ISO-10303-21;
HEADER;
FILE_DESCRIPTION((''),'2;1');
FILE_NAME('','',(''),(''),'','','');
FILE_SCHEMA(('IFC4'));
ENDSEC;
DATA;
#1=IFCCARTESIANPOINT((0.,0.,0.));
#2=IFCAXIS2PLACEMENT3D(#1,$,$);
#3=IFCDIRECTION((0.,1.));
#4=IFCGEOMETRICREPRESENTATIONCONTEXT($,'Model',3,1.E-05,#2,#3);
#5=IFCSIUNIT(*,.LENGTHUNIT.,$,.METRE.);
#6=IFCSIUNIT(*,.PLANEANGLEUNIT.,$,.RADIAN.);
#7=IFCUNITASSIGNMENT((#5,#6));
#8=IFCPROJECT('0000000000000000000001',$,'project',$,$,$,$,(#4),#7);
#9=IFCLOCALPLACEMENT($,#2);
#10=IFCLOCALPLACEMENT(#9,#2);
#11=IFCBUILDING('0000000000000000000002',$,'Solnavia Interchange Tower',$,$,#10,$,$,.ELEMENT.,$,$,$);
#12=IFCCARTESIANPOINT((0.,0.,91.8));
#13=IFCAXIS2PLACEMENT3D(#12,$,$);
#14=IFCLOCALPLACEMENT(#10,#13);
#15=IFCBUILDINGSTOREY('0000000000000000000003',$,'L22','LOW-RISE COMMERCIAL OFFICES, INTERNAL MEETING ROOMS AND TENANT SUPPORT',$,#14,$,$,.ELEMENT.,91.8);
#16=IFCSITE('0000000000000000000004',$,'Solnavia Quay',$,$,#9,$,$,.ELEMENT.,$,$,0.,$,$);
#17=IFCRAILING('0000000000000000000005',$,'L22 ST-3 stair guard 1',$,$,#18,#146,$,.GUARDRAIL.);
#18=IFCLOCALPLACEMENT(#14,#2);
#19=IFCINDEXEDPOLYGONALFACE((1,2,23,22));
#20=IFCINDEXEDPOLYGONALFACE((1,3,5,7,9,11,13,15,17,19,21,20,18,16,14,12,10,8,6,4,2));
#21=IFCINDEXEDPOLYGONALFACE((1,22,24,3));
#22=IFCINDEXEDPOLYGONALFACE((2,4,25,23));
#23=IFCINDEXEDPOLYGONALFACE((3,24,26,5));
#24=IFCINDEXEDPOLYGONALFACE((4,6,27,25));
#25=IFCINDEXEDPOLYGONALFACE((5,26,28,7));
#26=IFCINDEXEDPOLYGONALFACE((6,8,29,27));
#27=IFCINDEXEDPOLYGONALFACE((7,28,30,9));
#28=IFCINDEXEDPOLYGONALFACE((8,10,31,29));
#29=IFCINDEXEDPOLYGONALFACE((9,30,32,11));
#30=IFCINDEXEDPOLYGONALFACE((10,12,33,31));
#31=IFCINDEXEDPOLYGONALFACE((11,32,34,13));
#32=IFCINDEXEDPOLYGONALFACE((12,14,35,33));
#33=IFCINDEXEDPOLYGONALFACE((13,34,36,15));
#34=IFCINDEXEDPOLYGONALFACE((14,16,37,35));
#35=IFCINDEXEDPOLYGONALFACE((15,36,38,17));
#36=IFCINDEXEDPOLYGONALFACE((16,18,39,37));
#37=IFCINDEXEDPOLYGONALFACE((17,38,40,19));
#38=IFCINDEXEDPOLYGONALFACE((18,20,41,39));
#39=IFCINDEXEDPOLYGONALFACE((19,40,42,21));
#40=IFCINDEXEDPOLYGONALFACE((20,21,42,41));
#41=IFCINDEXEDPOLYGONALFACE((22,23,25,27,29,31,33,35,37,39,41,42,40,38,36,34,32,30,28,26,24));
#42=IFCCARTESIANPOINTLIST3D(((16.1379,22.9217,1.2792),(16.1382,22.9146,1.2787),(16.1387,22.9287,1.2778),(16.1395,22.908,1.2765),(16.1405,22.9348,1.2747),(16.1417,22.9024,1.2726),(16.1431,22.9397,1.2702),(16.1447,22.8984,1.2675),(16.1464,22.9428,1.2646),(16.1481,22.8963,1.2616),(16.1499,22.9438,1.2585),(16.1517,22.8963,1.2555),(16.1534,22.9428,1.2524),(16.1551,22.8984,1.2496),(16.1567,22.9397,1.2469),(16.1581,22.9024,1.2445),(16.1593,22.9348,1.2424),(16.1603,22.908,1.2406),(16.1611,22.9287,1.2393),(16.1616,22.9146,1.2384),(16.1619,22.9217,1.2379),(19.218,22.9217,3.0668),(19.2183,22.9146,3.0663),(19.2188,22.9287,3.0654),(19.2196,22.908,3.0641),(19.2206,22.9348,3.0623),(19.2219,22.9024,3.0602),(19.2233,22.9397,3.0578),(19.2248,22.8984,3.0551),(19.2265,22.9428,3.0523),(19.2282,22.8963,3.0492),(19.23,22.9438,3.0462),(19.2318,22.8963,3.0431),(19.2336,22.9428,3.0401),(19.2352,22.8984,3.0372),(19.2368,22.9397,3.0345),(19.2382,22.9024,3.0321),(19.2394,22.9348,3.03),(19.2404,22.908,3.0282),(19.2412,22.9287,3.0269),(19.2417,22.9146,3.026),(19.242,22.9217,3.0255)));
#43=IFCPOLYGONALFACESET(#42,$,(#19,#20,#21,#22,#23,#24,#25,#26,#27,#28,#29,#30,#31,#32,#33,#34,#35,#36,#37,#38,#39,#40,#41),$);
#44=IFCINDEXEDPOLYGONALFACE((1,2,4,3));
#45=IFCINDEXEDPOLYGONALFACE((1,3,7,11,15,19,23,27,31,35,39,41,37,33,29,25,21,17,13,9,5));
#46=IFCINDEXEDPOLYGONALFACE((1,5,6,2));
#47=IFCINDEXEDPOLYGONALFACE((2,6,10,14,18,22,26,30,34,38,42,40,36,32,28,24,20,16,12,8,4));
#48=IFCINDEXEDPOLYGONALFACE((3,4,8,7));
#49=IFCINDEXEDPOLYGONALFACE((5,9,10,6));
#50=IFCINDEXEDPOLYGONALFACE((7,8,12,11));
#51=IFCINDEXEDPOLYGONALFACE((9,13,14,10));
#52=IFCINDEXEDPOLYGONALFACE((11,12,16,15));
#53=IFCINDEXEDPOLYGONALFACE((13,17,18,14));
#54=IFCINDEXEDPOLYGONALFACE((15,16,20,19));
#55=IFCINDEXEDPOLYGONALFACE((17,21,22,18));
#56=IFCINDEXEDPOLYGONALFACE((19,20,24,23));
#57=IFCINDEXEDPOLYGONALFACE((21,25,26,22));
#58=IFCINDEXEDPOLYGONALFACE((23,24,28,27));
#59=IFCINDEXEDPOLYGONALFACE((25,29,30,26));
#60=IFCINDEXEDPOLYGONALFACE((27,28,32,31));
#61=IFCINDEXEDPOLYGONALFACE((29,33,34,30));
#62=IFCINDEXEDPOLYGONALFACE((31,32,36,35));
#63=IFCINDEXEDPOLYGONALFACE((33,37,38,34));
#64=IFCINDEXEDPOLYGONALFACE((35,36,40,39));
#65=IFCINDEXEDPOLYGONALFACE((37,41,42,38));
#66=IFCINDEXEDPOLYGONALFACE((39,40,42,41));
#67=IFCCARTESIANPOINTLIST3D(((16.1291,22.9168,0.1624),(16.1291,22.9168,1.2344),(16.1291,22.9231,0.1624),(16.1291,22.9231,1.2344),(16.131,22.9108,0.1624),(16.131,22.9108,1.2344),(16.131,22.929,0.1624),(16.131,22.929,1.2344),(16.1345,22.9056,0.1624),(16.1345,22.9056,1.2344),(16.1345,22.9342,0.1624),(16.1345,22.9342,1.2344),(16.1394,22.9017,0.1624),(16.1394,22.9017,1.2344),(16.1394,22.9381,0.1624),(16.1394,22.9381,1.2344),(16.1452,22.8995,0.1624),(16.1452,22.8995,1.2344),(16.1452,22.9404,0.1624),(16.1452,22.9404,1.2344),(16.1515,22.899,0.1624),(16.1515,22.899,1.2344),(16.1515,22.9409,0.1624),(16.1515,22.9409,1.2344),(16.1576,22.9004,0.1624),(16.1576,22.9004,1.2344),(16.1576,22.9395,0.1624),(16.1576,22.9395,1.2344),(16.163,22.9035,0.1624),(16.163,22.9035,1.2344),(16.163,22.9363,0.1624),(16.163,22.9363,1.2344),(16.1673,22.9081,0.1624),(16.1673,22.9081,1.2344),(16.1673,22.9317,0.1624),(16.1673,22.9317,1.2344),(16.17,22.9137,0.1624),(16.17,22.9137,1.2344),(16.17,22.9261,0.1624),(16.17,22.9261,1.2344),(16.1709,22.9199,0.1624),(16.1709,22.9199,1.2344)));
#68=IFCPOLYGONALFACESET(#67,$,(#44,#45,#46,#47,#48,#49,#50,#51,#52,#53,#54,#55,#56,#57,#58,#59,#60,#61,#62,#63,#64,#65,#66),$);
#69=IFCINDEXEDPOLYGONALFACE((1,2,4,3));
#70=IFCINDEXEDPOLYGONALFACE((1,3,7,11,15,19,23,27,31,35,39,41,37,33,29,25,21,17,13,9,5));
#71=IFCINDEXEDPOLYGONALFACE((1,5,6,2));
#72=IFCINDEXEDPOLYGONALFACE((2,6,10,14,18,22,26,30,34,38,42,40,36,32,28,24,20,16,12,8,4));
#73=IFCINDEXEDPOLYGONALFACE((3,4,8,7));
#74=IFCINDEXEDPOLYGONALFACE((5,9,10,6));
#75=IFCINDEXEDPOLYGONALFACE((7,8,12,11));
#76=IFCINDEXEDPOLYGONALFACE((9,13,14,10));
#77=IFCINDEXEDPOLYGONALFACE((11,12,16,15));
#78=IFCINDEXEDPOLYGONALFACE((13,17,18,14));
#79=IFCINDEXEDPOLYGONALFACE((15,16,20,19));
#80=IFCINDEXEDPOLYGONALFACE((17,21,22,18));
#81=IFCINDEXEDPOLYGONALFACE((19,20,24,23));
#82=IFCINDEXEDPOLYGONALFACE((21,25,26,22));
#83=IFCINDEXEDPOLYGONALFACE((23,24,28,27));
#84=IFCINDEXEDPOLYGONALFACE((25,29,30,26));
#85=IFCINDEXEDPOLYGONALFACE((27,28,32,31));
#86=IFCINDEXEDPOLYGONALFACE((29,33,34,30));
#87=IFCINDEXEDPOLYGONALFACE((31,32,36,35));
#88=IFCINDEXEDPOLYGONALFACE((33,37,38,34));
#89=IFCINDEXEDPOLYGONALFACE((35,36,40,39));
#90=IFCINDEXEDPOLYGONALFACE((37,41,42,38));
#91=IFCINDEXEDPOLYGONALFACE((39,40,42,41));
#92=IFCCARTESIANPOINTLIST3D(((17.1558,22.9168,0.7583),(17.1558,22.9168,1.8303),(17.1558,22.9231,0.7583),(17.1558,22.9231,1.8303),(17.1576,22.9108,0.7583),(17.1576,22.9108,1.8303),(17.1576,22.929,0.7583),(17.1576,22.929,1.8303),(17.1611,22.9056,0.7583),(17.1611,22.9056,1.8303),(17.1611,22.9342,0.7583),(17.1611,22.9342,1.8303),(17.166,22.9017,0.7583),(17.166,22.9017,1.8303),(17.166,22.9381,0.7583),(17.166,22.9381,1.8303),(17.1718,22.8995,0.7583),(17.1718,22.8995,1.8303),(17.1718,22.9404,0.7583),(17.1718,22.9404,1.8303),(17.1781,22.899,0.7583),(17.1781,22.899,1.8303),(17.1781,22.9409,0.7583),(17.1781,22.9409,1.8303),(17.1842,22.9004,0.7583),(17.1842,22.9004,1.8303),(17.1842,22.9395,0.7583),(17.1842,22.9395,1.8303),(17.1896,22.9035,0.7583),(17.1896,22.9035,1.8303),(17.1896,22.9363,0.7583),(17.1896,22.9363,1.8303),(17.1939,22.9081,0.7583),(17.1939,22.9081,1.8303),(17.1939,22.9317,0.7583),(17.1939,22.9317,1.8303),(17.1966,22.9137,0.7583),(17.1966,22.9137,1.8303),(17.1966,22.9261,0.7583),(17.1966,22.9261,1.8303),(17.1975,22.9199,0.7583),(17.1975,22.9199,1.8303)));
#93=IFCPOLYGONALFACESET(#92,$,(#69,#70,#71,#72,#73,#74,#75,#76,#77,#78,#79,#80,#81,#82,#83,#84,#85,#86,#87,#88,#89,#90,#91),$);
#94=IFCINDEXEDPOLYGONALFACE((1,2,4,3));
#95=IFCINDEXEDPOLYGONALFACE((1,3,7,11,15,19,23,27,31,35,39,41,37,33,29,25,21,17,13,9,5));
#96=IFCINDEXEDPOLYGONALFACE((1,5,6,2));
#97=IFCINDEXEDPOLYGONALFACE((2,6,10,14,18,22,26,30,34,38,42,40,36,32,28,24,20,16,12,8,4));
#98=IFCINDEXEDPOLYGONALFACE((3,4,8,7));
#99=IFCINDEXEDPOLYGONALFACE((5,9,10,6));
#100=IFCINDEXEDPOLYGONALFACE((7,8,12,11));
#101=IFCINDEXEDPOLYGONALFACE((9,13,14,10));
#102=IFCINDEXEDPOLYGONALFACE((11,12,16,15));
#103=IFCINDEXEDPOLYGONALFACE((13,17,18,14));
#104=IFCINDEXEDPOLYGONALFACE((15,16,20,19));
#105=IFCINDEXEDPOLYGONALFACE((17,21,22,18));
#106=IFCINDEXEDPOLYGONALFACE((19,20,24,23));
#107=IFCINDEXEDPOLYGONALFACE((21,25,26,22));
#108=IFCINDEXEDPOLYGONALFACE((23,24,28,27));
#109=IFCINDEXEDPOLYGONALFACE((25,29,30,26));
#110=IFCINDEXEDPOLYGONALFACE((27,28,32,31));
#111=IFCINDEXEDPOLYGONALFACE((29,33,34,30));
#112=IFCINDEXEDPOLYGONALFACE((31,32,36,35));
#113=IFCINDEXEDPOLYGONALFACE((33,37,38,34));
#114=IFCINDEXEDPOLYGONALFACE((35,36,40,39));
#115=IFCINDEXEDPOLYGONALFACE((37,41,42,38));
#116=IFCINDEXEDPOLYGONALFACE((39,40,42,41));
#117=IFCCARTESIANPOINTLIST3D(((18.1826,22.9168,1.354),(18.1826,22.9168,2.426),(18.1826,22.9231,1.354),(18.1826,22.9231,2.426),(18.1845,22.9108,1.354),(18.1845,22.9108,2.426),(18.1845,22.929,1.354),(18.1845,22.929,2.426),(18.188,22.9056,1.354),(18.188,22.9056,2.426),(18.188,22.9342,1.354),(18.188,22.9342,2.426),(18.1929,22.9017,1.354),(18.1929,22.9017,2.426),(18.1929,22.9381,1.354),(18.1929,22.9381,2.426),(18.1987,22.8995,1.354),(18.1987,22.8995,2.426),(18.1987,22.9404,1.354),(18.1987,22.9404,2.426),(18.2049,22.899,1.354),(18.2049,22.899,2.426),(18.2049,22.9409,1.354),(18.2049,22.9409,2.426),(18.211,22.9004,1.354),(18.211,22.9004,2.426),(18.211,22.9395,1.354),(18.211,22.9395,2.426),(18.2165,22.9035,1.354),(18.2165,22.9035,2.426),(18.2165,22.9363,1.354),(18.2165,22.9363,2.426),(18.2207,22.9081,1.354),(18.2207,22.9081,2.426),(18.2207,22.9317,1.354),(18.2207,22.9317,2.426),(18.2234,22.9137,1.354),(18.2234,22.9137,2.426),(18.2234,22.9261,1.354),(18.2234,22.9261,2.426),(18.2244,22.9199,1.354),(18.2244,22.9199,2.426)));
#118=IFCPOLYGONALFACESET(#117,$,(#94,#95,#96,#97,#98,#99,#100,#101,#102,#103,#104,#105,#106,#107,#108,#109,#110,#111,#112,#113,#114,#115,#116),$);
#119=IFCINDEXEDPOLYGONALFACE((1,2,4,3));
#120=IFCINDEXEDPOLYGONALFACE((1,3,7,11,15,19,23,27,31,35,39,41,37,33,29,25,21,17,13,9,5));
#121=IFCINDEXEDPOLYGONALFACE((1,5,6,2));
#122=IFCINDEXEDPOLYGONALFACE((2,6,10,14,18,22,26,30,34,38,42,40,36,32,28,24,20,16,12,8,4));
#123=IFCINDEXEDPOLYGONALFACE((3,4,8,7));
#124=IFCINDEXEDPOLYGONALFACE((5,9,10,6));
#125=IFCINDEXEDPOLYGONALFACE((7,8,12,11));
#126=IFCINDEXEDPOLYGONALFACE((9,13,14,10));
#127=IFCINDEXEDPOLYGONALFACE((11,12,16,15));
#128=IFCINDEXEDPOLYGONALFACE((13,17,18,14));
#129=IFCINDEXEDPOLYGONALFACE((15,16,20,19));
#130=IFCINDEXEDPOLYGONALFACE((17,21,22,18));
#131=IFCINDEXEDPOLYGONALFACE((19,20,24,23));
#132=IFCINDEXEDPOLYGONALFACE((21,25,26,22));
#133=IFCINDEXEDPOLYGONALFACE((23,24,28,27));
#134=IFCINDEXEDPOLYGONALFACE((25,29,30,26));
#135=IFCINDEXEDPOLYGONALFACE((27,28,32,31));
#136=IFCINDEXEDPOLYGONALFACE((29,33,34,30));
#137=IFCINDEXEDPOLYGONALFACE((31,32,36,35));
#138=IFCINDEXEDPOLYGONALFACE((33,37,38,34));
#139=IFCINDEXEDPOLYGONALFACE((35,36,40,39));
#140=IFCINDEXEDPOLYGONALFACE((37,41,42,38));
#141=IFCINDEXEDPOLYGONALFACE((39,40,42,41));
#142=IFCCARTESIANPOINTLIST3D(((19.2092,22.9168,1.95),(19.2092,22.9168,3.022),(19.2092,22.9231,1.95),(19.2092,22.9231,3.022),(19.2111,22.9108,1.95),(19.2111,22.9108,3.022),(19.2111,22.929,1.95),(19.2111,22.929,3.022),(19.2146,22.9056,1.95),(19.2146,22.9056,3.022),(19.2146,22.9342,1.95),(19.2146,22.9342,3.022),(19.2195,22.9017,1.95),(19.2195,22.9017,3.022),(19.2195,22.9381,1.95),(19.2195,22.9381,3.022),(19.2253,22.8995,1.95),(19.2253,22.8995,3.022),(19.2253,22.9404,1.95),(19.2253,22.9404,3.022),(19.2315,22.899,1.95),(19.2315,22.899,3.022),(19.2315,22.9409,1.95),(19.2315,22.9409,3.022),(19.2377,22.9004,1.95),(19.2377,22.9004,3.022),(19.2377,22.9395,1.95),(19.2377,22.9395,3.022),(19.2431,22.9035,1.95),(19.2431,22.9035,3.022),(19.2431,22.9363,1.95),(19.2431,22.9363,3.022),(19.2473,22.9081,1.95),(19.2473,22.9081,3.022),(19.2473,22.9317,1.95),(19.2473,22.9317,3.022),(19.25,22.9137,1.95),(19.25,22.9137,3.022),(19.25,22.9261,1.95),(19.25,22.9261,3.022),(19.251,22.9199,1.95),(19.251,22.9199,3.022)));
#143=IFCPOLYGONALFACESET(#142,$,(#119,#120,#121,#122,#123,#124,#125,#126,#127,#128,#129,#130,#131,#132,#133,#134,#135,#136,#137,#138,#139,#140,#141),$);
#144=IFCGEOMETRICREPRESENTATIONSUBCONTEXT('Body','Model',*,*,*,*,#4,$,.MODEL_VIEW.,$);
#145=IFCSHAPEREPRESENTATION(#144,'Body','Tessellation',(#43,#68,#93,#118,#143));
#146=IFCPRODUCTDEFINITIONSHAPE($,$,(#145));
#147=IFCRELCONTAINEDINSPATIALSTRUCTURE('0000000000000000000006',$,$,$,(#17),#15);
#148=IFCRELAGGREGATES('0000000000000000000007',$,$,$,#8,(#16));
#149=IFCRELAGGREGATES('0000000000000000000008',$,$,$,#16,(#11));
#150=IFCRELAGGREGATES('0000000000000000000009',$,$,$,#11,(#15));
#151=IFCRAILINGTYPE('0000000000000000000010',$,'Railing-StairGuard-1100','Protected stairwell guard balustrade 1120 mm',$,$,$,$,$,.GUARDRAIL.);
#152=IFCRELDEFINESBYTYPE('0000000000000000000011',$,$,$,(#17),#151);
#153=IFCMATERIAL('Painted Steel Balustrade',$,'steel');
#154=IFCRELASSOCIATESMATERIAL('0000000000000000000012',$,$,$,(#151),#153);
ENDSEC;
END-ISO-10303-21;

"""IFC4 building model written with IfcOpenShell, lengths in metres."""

from ifc_helpers import new_model, si_unit, direction, frame, origin, origin_2d, place, context, subcontext, project, spatial, circle, extrude, material, type_object, element, save


model = new_model("IFC4")

# Units and contexts
model_context = context("Model", 3, precision=1e-05, world=origin(), true_north=direction((0.0, 1.0)))
body_context = subcontext(model_context, "Body", "Model", "MODEL_VIEW")
ifc_project = project(units=[si_unit("LENGTHUNIT", "METRE"), si_unit("PLANEANGLEUNIT", "RADIAN")], contexts=[model_context])

# Site, building, storey
site_placement = place(None, origin())
site = spatial("IfcSite", under=ifc_project, at=site_placement, Name="Solnavia Quay", CompositionType="ELEMENT", RefElevation=0.0)
building_placement = place(site_placement, origin())
building = spatial("IfcBuilding", under=site, at=building_placement, Name="Solnavia Interchange Tower", CompositionType="ELEMENT")
storey_placement = place(building_placement, frame((0.0, 0.0, 91.8)))
storey = spatial("IfcBuildingStorey", under=building, at=storey_placement, Name="L22", Description="LOW-RISE COMMERCIAL OFFICES, INTERNAL MEETING ROOMS AND TENANT SUPPORT", CompositionType="ELEMENT", Elevation=91.8)

# Railing
ifc_material_1 = material(Name="Painted Steel Balustrade", Category="steel")
railing_type_1 = type_object("IfcRailingType", Name="Railing-StairGuard-1100", Description="Protected stairwell guard balustrade 1120 mm", PredefinedType="GUARDRAIL", material=ifc_material_1)
railing_1_placement = place(storey_placement, frame((16.1499, 22.9199, 0.1624)))
element("IfcRailing", 1, at=railing_1_placement, inside=storey, type_object=railing_type_1, Name="L22 ST-3 stair guard 1", PredefinedType="GUARDRAIL", context=body_context, shape_type="SweptSolid", body=[
    extrude(circle(Radius=0.0239, at=origin_2d()), frame((0.0, 0.0, 1.0962), z_axis=(0.864891, 0.0, 0.50196), x_axis=(0.0, 1.0, 0.0)), (0.0, 0.0, 1.0), 3.5613),
    extrude(circle(Radius=0.021, at=origin_2d()), origin(), (0.0, 0.0, 1.0), 1.072),
    extrude(circle(Radius=0.021, at=origin_2d()), frame((1.0266, 0.0, 0.5959)), (0.0, 0.0, 1.0), 1.072),
    extrude(circle(Radius=0.021, at=origin_2d()), frame((2.0535, 0.0, 1.1917)), (0.0, 0.0, 1.0), 1.072),
    extrude(circle(Radius=0.021, at=origin_2d()), frame((3.0801, 0.0, 1.7876)), (0.0, 0.0, 1.0), 1.072),
])

save(model, "model.ifc")
